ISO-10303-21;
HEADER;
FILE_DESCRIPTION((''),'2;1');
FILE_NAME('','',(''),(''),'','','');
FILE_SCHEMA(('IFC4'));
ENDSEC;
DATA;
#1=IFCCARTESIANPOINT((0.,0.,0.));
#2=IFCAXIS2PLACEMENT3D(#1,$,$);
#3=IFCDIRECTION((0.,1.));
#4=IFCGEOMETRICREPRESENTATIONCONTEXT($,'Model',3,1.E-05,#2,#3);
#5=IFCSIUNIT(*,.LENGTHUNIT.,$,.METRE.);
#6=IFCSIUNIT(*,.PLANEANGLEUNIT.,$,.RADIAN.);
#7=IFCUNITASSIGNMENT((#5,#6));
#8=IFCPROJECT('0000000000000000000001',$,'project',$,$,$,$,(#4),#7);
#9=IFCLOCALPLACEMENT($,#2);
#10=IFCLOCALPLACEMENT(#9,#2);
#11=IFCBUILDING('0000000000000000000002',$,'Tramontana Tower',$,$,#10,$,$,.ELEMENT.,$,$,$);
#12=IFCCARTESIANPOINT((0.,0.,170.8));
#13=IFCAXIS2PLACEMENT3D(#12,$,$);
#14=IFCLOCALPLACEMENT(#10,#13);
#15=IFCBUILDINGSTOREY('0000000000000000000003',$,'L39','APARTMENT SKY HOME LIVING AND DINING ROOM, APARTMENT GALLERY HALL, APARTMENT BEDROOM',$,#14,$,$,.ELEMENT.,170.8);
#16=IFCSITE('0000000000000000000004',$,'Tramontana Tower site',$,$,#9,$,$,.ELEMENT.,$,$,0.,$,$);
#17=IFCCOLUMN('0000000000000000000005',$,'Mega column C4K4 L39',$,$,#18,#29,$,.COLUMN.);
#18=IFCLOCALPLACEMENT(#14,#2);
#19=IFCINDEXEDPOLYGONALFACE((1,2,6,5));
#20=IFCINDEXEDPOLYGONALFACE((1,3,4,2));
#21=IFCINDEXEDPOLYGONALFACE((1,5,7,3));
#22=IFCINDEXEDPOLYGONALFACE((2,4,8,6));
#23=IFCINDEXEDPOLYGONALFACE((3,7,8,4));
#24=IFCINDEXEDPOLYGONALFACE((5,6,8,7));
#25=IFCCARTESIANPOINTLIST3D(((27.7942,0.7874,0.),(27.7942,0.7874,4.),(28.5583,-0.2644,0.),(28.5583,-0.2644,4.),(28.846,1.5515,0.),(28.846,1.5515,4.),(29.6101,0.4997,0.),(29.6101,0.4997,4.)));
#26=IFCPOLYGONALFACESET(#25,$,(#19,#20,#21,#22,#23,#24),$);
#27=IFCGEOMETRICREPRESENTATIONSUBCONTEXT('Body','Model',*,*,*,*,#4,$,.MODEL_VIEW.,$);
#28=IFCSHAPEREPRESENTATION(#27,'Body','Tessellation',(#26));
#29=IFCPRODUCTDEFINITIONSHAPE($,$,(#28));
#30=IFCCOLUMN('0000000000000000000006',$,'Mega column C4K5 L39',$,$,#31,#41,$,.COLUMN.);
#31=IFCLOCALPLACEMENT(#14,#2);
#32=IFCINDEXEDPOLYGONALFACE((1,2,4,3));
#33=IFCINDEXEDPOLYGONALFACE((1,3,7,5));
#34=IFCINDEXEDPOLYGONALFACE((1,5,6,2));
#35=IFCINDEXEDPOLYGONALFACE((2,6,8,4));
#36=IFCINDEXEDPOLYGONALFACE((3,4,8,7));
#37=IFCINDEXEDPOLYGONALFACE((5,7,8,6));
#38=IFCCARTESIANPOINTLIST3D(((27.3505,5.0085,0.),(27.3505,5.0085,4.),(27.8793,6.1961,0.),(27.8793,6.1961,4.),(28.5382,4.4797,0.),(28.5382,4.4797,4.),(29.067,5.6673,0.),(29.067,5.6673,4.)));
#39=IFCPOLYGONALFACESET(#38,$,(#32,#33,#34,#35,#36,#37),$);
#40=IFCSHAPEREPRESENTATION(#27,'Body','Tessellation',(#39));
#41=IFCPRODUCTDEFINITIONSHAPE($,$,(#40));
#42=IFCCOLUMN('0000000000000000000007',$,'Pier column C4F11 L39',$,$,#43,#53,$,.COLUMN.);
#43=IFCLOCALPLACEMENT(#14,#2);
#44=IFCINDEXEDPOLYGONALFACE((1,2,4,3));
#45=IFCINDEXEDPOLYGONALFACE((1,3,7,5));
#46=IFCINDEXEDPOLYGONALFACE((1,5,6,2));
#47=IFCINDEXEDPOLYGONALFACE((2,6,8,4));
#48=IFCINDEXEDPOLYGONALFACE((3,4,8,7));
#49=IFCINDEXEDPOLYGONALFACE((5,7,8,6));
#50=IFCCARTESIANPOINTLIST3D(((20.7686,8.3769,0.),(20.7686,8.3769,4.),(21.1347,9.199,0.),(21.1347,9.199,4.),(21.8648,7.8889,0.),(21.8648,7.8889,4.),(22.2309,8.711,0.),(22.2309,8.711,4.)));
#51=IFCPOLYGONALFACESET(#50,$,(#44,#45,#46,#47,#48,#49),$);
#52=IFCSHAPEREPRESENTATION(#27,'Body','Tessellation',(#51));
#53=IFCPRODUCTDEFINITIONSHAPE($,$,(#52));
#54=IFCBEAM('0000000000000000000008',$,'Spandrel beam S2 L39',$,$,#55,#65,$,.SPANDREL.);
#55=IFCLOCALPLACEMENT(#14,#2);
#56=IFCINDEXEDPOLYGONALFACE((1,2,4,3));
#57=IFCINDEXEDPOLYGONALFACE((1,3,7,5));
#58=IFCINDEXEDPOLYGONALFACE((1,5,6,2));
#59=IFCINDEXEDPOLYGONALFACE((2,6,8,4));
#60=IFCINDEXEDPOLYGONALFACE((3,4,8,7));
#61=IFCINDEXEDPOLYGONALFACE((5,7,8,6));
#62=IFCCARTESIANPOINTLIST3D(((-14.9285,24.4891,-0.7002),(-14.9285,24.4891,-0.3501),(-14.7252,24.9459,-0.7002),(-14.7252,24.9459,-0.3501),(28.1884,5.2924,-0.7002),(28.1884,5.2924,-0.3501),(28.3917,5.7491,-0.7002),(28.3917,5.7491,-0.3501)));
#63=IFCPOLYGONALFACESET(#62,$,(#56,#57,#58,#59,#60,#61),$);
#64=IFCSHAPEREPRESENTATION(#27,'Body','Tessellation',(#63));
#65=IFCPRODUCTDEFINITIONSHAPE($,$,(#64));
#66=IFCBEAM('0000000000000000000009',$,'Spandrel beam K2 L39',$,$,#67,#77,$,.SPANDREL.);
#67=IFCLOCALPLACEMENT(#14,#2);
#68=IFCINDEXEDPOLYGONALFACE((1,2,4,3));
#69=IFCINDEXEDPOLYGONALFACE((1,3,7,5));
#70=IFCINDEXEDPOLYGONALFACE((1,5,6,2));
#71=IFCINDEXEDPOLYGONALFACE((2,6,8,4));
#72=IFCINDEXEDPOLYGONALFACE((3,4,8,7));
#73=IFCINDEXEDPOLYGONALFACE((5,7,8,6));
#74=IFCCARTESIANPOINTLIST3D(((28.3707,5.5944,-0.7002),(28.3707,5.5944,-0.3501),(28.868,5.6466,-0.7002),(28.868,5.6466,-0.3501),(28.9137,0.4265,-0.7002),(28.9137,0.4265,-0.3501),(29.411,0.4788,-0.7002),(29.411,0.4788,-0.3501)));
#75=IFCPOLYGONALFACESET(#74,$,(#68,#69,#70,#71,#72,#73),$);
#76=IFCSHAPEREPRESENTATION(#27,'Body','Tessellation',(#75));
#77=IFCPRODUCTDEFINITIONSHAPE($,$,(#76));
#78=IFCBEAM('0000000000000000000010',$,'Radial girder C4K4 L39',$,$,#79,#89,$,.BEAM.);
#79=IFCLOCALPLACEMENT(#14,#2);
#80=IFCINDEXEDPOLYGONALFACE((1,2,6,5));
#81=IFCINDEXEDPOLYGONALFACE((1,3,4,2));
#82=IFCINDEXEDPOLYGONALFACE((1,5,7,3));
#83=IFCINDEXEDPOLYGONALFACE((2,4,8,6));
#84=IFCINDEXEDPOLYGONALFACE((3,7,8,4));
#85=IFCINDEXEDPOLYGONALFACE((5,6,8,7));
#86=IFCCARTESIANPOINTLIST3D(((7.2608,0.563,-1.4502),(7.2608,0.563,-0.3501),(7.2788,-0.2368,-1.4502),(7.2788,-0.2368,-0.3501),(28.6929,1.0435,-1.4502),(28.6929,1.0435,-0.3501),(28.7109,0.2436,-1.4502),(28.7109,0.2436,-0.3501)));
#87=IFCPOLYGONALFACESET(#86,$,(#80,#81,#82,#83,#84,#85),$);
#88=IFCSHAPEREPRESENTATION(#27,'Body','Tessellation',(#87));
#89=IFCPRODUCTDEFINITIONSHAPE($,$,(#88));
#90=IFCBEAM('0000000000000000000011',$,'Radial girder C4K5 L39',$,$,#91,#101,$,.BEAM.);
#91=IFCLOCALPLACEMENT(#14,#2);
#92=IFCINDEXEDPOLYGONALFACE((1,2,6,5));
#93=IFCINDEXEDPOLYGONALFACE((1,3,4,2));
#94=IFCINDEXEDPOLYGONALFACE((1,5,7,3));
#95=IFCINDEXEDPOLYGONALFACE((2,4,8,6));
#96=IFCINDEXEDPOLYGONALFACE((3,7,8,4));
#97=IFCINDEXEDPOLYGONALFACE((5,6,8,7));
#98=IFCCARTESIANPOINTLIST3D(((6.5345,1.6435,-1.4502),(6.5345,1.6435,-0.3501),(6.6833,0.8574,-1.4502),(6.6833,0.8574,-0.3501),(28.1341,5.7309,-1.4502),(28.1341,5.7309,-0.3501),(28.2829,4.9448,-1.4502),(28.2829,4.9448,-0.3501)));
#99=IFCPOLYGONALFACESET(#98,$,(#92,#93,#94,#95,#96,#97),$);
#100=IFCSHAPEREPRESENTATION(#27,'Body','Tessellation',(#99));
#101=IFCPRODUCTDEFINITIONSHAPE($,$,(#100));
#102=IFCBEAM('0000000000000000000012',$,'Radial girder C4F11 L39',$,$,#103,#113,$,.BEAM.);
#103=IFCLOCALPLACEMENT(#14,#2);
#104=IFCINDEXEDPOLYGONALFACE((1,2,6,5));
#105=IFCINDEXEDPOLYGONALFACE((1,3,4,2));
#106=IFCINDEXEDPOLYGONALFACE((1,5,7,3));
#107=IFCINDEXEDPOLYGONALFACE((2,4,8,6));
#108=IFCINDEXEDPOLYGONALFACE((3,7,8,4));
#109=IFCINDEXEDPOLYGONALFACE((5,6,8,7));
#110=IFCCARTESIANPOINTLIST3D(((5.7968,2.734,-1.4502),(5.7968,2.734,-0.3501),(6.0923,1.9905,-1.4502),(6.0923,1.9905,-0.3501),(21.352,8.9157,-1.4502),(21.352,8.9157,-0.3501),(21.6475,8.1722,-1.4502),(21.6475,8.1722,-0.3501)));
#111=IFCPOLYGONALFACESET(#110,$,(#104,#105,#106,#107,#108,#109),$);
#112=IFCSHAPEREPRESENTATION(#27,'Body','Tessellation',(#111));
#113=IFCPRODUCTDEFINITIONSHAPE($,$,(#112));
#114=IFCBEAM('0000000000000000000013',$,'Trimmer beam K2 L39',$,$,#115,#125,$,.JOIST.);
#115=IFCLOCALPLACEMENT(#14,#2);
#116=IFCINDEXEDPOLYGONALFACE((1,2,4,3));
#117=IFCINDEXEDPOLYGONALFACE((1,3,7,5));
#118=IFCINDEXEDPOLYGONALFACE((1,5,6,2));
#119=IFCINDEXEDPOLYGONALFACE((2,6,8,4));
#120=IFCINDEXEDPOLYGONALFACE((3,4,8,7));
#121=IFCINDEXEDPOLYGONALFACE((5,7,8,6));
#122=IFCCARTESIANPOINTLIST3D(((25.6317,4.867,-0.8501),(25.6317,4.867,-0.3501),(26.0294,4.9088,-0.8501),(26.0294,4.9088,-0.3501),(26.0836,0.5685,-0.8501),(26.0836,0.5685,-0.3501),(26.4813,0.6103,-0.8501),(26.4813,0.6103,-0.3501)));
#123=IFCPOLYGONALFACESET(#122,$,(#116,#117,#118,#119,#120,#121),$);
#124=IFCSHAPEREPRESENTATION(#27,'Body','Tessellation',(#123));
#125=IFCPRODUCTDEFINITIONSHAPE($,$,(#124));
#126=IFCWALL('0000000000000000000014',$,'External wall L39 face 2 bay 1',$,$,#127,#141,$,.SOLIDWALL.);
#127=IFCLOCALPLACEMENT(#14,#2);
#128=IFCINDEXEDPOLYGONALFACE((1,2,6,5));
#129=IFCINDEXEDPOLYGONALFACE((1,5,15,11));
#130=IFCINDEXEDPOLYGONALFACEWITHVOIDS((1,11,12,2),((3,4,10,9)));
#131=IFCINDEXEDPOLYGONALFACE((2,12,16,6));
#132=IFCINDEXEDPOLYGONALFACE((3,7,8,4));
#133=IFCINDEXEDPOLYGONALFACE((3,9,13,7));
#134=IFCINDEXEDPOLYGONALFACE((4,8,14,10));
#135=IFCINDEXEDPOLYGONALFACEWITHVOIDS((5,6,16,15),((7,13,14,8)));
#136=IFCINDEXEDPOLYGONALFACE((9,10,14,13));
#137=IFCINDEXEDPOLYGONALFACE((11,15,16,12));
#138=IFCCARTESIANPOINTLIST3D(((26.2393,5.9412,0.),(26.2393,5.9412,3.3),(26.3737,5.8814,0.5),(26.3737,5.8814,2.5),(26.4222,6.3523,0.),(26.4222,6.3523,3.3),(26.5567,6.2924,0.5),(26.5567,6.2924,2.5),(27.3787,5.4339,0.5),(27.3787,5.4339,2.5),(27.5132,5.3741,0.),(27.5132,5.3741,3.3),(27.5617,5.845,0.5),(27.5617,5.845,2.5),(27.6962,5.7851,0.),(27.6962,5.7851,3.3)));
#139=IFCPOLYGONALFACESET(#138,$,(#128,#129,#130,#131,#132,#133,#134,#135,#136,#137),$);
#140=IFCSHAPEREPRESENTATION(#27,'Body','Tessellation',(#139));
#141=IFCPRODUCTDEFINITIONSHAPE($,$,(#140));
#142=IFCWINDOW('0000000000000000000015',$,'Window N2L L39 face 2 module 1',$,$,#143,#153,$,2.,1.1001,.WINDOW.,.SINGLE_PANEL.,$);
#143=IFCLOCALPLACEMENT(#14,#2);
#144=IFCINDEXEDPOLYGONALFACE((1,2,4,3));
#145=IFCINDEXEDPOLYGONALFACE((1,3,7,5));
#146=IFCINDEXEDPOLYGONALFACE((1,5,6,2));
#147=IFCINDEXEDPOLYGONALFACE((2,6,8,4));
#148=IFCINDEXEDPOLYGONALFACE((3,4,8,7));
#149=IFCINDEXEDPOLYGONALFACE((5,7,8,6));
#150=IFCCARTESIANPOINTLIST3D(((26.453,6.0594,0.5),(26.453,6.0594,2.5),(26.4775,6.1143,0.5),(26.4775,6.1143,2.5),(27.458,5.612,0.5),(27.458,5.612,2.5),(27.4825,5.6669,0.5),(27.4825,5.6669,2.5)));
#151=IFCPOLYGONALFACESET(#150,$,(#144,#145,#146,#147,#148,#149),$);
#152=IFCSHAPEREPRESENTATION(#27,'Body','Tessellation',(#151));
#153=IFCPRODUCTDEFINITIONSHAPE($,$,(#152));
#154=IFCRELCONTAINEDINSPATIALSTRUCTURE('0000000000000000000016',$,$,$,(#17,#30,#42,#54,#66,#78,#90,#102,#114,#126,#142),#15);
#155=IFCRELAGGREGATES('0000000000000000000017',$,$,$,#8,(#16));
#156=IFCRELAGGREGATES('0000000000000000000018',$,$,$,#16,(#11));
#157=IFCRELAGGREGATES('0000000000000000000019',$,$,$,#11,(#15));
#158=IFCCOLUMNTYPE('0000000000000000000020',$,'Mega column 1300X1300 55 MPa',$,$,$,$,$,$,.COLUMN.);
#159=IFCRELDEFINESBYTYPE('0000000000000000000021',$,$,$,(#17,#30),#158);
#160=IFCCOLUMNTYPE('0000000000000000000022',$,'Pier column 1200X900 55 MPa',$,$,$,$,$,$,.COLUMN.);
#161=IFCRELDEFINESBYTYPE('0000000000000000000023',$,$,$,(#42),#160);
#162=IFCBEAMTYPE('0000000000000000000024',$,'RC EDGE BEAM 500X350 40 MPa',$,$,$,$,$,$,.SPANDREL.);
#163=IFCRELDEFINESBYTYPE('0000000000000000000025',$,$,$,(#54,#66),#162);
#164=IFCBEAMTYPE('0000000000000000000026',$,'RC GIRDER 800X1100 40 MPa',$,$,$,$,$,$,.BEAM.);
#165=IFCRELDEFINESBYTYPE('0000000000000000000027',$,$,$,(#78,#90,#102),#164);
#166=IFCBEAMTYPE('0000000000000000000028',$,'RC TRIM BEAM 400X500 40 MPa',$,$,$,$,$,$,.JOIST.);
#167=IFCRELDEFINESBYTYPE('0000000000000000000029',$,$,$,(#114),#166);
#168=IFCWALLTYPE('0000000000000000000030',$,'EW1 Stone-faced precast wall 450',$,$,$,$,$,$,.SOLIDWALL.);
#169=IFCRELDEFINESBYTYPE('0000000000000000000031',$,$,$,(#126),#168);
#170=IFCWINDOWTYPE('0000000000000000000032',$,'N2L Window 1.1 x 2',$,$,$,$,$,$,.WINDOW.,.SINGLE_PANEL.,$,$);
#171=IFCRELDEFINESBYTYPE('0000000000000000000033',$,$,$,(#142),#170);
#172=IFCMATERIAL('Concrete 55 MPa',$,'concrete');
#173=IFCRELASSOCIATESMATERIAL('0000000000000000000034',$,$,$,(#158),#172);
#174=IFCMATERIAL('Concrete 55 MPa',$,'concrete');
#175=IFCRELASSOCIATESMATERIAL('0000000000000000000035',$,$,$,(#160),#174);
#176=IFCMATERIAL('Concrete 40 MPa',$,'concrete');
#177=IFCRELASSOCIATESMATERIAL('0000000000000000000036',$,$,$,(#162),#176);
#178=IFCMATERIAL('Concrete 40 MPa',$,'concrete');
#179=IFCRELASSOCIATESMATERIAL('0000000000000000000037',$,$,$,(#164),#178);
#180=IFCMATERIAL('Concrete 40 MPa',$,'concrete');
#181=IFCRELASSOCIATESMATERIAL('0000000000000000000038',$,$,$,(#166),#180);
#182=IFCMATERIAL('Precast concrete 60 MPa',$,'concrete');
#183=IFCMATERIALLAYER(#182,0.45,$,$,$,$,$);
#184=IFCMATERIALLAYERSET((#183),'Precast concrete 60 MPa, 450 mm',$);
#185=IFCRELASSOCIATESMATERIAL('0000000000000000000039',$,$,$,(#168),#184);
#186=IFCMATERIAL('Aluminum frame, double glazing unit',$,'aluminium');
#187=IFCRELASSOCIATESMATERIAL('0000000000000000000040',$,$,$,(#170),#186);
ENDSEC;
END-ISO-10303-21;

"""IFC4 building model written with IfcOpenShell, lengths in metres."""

from ifc_helpers import new_model, si_unit, direction, frame, frame_2d, origin, origin_2d, place, context, subcontext, project, spatial, rectangle, extrude, material, layer, layer_set, material_profile, profile_set, type_object, element, fill, save


model = new_model("IFC4")

# Units and contexts
model_context = context("Model", 3, precision=1e-05, world=origin(), true_north=direction((0.0, 1.0)))
body_context = subcontext(model_context, "Body", "Model", "MODEL_VIEW")
ifc_project = project(units=[si_unit("LENGTHUNIT", "METRE"), si_unit("PLANEANGLEUNIT", "RADIAN")], contexts=[model_context])

# Site, building, storey
site_placement = place(None, origin())
site = spatial("IfcSite", under=ifc_project, at=site_placement, Name="Tramontana Tower site", CompositionType="ELEMENT", RefElevation=0.0)
building_placement = place(site_placement, origin())
building = spatial("IfcBuilding", under=site, at=building_placement, Name="Tramontana Tower", CompositionType="ELEMENT")
storey_placement = place(building_placement, frame((0.0, 0.0, 170.8)))
storey = spatial("IfcBuildingStorey", under=building, at=storey_placement, Name="L39", Description="APARTMENT SKY HOME LIVING AND DINING ROOM, APARTMENT GALLERY HALL, APARTMENT BEDROOM", CompositionType="ELEMENT", Elevation=170.8)

# Columns
ifc_material_1 = material(Name="Concrete 55 MPa", Category="concrete")
ifc_material_profile_1 = material_profile(ifc_material_1, rectangle(XDim=1.3, YDim=1.3, at=origin_2d()), Name="Mega column 1300X1300 55 MPa")
ifc_profile_set_1 = profile_set([ifc_material_profile_1], Name="Concrete 55 MPa")
column_type_1 = type_object("IfcColumnType", Name="Mega column 1300X1300 55 MPa", PredefinedType="COLUMN", material=ifc_profile_set_1)
for number, where, z_axis, x_axis, name in (
    (1, (28.7021, 0.6436, 0.0), (0.0, 0.0, 1.0), (0.809017, 0.587785, 0.0), "Mega column C4K4 L39"),
    (2, (28.2087, 5.3379, 0.0), (0.0, 0.0, 1.0), (-0.913545, 0.406737, 0.0), "Mega column C4K5 L39"),
):
    element("IfcColumn", number, at=place(storey_placement, frame(where, z_axis=z_axis, x_axis=x_axis)), inside=storey, type_object=column_type_1, Name=name, PredefinedType="COLUMN", context=body_context, shape_type="SweptSolid", body=[
        extrude(rectangle(XDim=1.3, YDim=1.3, at=origin_2d()), origin(), (0.0, 0.0, 1.0), 4.0),
    ])
ifc_material_2 = material(Name="Concrete 55 MPa", Category="concrete")
ifc_material_profile_2 = material_profile(ifc_material_2, rectangle(XDim=1.2, YDim=0.8999, at=origin_2d()), Name="Pier column 1200X900 55 MPa")
ifc_profile_set_2 = profile_set([ifc_material_profile_2], Name="Concrete 55 MPa")
column_type_2 = type_object("IfcColumnType", Name="Pier column 1200X900 55 MPa", PredefinedType="COLUMN", material=ifc_profile_set_2)
column_placement = place(storey_placement, frame((21.4998, 8.5439, 0.0), z_axis=(0.0, 0.0, 1.0), x_axis=(-0.913545, 0.406737, 0.0)))
element("IfcColumn", 3, at=column_placement, inside=storey, type_object=column_type_2, Name="Pier column C4F11 L39", PredefinedType="COLUMN", context=body_context, shape_type="SweptSolid", body=[
    extrude(rectangle(XDim=1.2, YDim=0.8999, at=origin_2d()), origin(), (0.0, 0.0, 1.0), 4.0),
])

# Beams
ifc_material_3 = material(Name="Concrete 40 MPa", Category="concrete")
ifc_material_profile_3 = material_profile(ifc_material_3, rectangle(XDim=0.5, YDim=0.3501, at=origin_2d()), Name="RC EDGE BEAM 500X350 40 MPa")
ifc_profile_set_3 = profile_set([ifc_material_profile_3], Name="Concrete 40 MPa")
beam_type_1 = type_object("IfcBeamType", Name="RC EDGE BEAM 500X350 40 MPa", PredefinedType="SPANDREL", material=ifc_profile_set_3)
beam_1_placement = place(storey_placement, frame((28.29, 5.5208, -0.5251), z_axis=(-0.913546, 0.406734, 0.0), x_axis=(-0.406734, -0.913546, 0.0)))
element("IfcBeam", 4, at=beam_1_placement, inside=storey, type_object=beam_type_1, Name="Spandrel beam S2 L39", PredefinedType="SPANDREL", context=body_context, shape_type="SweptSolid", body=[
    extrude(rectangle(XDim=0.5, YDim=0.3501, at=origin_2d()), origin(), (0.0, 0.0, 1.0), 47.1973),
])
beam_2_placement = place(storey_placement, frame((29.1624, 0.4526, -0.5251), z_axis=(-0.104494, 0.994526, 0.0), x_axis=(-0.994526, -0.104494, 0.0)))
element("IfcBeam", 5, at=beam_2_placement, inside=storey, type_object=beam_type_1, Name="Spandrel beam K2 L39", PredefinedType="SPANDREL", context=body_context, shape_type="SweptSolid", body=[
    extrude(rectangle(XDim=0.5, YDim=0.3501, at=origin_2d()), origin(), (0.0, 0.0, 1.0), 5.1963),
])
ifc_material_4 = material(Name="Concrete 40 MPa", Category="concrete")
ifc_material_profile_4 = material_profile(ifc_material_4, rectangle(XDim=0.8, YDim=1.1001, at=origin_2d()), Name="RC GIRDER 800X1100 40 MPa")
ifc_profile_set_4 = profile_set([ifc_material_profile_4], Name="Concrete 40 MPa")
beam_type_2 = type_object("IfcBeamType", Name="RC GIRDER 800X1100 40 MPa", PredefinedType="BEAM", material=ifc_profile_set_4)
beam_3_placement = place(storey_placement, frame((28.7019, 0.6436, -0.9001), z_axis=(-0.999749, -0.022413, 0.0), x_axis=(0.022413, -0.999749, 0.0)))
element("IfcBeam", 6, at=beam_3_placement, inside=storey, type_object=beam_type_2, Name="Radial girder C4K4 L39", PredefinedType="BEAM", context=body_context, shape_type="SweptSolid", body=[
    extrude(rectangle(XDim=0.8, YDim=1.1001, at=origin_2d()), origin(), (0.0, 0.0, 1.0), 21.4375),
])
beam_4_placement = place(storey_placement, frame((28.2085, 5.3379, -0.9001), z_axis=(-0.982562, -0.185935, 0.0), x_axis=(0.185935, -0.982562, 0.0)))
element("IfcBeam", 7, at=beam_4_placement, inside=storey, type_object=beam_type_2, Name="Radial girder C4K5 L39", PredefinedType="BEAM", context=body_context, shape_type="SweptSolid", body=[
    extrude(rectangle(XDim=0.8, YDim=1.1001, at=origin_2d()), origin(), (0.0, 0.0, 1.0), 21.9829),
])
beam_5_placement = place(storey_placement, frame((21.4998, 8.5439, -0.9001), z_axis=(-0.929307, -0.369308, 0.0), x_axis=(0.369308, -0.929307, 0.0)))
element("IfcBeam", 8, at=beam_5_placement, inside=storey, type_object=beam_type_2, Name="Radial girder C4F11 L39", PredefinedType="BEAM", context=body_context, shape_type="SweptSolid", body=[
    extrude(rectangle(XDim=0.8, YDim=1.1001, at=origin_2d()), origin(), (0.0, 0.0, 1.0), 16.7385),
])
ifc_material_5 = material(Name="Concrete 40 MPa", Category="concrete")
ifc_material_profile_5 = material_profile(ifc_material_5, rectangle(XDim=0.3999, YDim=0.5, at=origin_2d()), Name="RC TRIM BEAM 400X500 40 MPa")
ifc_profile_set_5 = profile_set([ifc_material_profile_5], Name="Concrete 40 MPa")
beam_type_3 = type_object("IfcBeamType", Name="RC TRIM BEAM 400X500 40 MPa", PredefinedType="JOIST", material=ifc_profile_set_5)
beam_6_placement = place(storey_placement, frame((26.2825, 0.5894, -0.6001), z_axis=(-0.104552, 0.994519, 0.0), x_axis=(-0.994519, -0.104552, 0.0)))
element("IfcBeam", 9, at=beam_6_placement, inside=storey, type_object=beam_type_3, Name="Trimmer beam K2 L39", PredefinedType="JOIST", context=body_context, shape_type="SweptSolid", body=[
    extrude(rectangle(XDim=0.3999, YDim=0.5, at=origin_2d()), origin(), (0.0, 0.0, 1.0), 4.3223),
])

# Wall, opening, window
ifc_material_6 = material(Name="Precast concrete 60 MPa", Category="concrete")
ifc_layer_1 = layer(ifc_material_6, 0.45)
ifc_layer_set_1 = layer_set([ifc_layer_1], Name="Precast concrete 60 MPa, 450 mm")
wall_type_1 = type_object("IfcWallType", Name="EW1 Stone-faced precast wall 450", PredefinedType="SOLIDWALL", material=ifc_layer_set_1)
wall_1_placement = place(storey_placement, frame((27.6047, 5.5796, 0.0), z_axis=(0.0, 0.0, 1.0), x_axis=(-0.913559, 0.406707, 0.0)))
wall_1 = element("IfcWall", 10, at=wall_1_placement, inside=storey, type_object=wall_type_1, Name="External wall L39 face 2 bay 1", PredefinedType="SOLIDWALL", context=body_context, shape_type="SweptSolid", body=[
    extrude(rectangle(XDim=1.3945, YDim=0.45, at=frame_2d((0.6973, 0.0))), origin(), (0.0, 0.0, 1.0), 3.3),
])
opening_1_placement = place(wall_1_placement, frame((0.1472, 0.0, 0.5)))
opening_1 = element("IfcOpeningElement", 11, at=opening_1_placement, cuts=wall_1, PredefinedType="OPENING", context=body_context, shape_type="SweptSolid", body=[
    extrude(rectangle(XDim=1.1001, YDim=2.0, at=frame_2d((0.55, 1.0))), frame((0.0, 0.2349, 0.0), z_axis=(0.0, -1.0, 0.0), x_axis=(1.0, 0.0, 0.0)), (0.0, 0.0, 1.0), 0.47),
])
ifc_material_7 = material(Name="Aluminum frame, double glazing unit", Category="aluminium")
window_type_1 = type_object("IfcWindowType", Name="N2L Window 1.1 x 2", PartitioningType="SINGLE_PANEL", PredefinedType="WINDOW", material=ifc_material_7)
window_1_placement = place(opening_1_placement, origin())
window_1 = element("IfcWindow", 12, at=window_1_placement, inside=storey, type_object=window_type_1, Name="Window N2L L39 face 2 module 1", OverallHeight=2.0, OverallWidth=1.1001, PartitioningType="SINGLE_PANEL", PredefinedType="WINDOW", context=body_context, shape_type="SweptSolid", body=[
    extrude(rectangle(XDim=1.1001, YDim=2.0, at=frame_2d((0.55, 1.0))), frame((0.0, 0.03, 0.0), z_axis=(0.0, -1.0, 0.0), x_axis=(1.0, 0.0, 0.0)), (0.0, 0.0, 1.0), 0.0601),
])
fill(opening_1, window_1)

save(model, "model.ifc")
